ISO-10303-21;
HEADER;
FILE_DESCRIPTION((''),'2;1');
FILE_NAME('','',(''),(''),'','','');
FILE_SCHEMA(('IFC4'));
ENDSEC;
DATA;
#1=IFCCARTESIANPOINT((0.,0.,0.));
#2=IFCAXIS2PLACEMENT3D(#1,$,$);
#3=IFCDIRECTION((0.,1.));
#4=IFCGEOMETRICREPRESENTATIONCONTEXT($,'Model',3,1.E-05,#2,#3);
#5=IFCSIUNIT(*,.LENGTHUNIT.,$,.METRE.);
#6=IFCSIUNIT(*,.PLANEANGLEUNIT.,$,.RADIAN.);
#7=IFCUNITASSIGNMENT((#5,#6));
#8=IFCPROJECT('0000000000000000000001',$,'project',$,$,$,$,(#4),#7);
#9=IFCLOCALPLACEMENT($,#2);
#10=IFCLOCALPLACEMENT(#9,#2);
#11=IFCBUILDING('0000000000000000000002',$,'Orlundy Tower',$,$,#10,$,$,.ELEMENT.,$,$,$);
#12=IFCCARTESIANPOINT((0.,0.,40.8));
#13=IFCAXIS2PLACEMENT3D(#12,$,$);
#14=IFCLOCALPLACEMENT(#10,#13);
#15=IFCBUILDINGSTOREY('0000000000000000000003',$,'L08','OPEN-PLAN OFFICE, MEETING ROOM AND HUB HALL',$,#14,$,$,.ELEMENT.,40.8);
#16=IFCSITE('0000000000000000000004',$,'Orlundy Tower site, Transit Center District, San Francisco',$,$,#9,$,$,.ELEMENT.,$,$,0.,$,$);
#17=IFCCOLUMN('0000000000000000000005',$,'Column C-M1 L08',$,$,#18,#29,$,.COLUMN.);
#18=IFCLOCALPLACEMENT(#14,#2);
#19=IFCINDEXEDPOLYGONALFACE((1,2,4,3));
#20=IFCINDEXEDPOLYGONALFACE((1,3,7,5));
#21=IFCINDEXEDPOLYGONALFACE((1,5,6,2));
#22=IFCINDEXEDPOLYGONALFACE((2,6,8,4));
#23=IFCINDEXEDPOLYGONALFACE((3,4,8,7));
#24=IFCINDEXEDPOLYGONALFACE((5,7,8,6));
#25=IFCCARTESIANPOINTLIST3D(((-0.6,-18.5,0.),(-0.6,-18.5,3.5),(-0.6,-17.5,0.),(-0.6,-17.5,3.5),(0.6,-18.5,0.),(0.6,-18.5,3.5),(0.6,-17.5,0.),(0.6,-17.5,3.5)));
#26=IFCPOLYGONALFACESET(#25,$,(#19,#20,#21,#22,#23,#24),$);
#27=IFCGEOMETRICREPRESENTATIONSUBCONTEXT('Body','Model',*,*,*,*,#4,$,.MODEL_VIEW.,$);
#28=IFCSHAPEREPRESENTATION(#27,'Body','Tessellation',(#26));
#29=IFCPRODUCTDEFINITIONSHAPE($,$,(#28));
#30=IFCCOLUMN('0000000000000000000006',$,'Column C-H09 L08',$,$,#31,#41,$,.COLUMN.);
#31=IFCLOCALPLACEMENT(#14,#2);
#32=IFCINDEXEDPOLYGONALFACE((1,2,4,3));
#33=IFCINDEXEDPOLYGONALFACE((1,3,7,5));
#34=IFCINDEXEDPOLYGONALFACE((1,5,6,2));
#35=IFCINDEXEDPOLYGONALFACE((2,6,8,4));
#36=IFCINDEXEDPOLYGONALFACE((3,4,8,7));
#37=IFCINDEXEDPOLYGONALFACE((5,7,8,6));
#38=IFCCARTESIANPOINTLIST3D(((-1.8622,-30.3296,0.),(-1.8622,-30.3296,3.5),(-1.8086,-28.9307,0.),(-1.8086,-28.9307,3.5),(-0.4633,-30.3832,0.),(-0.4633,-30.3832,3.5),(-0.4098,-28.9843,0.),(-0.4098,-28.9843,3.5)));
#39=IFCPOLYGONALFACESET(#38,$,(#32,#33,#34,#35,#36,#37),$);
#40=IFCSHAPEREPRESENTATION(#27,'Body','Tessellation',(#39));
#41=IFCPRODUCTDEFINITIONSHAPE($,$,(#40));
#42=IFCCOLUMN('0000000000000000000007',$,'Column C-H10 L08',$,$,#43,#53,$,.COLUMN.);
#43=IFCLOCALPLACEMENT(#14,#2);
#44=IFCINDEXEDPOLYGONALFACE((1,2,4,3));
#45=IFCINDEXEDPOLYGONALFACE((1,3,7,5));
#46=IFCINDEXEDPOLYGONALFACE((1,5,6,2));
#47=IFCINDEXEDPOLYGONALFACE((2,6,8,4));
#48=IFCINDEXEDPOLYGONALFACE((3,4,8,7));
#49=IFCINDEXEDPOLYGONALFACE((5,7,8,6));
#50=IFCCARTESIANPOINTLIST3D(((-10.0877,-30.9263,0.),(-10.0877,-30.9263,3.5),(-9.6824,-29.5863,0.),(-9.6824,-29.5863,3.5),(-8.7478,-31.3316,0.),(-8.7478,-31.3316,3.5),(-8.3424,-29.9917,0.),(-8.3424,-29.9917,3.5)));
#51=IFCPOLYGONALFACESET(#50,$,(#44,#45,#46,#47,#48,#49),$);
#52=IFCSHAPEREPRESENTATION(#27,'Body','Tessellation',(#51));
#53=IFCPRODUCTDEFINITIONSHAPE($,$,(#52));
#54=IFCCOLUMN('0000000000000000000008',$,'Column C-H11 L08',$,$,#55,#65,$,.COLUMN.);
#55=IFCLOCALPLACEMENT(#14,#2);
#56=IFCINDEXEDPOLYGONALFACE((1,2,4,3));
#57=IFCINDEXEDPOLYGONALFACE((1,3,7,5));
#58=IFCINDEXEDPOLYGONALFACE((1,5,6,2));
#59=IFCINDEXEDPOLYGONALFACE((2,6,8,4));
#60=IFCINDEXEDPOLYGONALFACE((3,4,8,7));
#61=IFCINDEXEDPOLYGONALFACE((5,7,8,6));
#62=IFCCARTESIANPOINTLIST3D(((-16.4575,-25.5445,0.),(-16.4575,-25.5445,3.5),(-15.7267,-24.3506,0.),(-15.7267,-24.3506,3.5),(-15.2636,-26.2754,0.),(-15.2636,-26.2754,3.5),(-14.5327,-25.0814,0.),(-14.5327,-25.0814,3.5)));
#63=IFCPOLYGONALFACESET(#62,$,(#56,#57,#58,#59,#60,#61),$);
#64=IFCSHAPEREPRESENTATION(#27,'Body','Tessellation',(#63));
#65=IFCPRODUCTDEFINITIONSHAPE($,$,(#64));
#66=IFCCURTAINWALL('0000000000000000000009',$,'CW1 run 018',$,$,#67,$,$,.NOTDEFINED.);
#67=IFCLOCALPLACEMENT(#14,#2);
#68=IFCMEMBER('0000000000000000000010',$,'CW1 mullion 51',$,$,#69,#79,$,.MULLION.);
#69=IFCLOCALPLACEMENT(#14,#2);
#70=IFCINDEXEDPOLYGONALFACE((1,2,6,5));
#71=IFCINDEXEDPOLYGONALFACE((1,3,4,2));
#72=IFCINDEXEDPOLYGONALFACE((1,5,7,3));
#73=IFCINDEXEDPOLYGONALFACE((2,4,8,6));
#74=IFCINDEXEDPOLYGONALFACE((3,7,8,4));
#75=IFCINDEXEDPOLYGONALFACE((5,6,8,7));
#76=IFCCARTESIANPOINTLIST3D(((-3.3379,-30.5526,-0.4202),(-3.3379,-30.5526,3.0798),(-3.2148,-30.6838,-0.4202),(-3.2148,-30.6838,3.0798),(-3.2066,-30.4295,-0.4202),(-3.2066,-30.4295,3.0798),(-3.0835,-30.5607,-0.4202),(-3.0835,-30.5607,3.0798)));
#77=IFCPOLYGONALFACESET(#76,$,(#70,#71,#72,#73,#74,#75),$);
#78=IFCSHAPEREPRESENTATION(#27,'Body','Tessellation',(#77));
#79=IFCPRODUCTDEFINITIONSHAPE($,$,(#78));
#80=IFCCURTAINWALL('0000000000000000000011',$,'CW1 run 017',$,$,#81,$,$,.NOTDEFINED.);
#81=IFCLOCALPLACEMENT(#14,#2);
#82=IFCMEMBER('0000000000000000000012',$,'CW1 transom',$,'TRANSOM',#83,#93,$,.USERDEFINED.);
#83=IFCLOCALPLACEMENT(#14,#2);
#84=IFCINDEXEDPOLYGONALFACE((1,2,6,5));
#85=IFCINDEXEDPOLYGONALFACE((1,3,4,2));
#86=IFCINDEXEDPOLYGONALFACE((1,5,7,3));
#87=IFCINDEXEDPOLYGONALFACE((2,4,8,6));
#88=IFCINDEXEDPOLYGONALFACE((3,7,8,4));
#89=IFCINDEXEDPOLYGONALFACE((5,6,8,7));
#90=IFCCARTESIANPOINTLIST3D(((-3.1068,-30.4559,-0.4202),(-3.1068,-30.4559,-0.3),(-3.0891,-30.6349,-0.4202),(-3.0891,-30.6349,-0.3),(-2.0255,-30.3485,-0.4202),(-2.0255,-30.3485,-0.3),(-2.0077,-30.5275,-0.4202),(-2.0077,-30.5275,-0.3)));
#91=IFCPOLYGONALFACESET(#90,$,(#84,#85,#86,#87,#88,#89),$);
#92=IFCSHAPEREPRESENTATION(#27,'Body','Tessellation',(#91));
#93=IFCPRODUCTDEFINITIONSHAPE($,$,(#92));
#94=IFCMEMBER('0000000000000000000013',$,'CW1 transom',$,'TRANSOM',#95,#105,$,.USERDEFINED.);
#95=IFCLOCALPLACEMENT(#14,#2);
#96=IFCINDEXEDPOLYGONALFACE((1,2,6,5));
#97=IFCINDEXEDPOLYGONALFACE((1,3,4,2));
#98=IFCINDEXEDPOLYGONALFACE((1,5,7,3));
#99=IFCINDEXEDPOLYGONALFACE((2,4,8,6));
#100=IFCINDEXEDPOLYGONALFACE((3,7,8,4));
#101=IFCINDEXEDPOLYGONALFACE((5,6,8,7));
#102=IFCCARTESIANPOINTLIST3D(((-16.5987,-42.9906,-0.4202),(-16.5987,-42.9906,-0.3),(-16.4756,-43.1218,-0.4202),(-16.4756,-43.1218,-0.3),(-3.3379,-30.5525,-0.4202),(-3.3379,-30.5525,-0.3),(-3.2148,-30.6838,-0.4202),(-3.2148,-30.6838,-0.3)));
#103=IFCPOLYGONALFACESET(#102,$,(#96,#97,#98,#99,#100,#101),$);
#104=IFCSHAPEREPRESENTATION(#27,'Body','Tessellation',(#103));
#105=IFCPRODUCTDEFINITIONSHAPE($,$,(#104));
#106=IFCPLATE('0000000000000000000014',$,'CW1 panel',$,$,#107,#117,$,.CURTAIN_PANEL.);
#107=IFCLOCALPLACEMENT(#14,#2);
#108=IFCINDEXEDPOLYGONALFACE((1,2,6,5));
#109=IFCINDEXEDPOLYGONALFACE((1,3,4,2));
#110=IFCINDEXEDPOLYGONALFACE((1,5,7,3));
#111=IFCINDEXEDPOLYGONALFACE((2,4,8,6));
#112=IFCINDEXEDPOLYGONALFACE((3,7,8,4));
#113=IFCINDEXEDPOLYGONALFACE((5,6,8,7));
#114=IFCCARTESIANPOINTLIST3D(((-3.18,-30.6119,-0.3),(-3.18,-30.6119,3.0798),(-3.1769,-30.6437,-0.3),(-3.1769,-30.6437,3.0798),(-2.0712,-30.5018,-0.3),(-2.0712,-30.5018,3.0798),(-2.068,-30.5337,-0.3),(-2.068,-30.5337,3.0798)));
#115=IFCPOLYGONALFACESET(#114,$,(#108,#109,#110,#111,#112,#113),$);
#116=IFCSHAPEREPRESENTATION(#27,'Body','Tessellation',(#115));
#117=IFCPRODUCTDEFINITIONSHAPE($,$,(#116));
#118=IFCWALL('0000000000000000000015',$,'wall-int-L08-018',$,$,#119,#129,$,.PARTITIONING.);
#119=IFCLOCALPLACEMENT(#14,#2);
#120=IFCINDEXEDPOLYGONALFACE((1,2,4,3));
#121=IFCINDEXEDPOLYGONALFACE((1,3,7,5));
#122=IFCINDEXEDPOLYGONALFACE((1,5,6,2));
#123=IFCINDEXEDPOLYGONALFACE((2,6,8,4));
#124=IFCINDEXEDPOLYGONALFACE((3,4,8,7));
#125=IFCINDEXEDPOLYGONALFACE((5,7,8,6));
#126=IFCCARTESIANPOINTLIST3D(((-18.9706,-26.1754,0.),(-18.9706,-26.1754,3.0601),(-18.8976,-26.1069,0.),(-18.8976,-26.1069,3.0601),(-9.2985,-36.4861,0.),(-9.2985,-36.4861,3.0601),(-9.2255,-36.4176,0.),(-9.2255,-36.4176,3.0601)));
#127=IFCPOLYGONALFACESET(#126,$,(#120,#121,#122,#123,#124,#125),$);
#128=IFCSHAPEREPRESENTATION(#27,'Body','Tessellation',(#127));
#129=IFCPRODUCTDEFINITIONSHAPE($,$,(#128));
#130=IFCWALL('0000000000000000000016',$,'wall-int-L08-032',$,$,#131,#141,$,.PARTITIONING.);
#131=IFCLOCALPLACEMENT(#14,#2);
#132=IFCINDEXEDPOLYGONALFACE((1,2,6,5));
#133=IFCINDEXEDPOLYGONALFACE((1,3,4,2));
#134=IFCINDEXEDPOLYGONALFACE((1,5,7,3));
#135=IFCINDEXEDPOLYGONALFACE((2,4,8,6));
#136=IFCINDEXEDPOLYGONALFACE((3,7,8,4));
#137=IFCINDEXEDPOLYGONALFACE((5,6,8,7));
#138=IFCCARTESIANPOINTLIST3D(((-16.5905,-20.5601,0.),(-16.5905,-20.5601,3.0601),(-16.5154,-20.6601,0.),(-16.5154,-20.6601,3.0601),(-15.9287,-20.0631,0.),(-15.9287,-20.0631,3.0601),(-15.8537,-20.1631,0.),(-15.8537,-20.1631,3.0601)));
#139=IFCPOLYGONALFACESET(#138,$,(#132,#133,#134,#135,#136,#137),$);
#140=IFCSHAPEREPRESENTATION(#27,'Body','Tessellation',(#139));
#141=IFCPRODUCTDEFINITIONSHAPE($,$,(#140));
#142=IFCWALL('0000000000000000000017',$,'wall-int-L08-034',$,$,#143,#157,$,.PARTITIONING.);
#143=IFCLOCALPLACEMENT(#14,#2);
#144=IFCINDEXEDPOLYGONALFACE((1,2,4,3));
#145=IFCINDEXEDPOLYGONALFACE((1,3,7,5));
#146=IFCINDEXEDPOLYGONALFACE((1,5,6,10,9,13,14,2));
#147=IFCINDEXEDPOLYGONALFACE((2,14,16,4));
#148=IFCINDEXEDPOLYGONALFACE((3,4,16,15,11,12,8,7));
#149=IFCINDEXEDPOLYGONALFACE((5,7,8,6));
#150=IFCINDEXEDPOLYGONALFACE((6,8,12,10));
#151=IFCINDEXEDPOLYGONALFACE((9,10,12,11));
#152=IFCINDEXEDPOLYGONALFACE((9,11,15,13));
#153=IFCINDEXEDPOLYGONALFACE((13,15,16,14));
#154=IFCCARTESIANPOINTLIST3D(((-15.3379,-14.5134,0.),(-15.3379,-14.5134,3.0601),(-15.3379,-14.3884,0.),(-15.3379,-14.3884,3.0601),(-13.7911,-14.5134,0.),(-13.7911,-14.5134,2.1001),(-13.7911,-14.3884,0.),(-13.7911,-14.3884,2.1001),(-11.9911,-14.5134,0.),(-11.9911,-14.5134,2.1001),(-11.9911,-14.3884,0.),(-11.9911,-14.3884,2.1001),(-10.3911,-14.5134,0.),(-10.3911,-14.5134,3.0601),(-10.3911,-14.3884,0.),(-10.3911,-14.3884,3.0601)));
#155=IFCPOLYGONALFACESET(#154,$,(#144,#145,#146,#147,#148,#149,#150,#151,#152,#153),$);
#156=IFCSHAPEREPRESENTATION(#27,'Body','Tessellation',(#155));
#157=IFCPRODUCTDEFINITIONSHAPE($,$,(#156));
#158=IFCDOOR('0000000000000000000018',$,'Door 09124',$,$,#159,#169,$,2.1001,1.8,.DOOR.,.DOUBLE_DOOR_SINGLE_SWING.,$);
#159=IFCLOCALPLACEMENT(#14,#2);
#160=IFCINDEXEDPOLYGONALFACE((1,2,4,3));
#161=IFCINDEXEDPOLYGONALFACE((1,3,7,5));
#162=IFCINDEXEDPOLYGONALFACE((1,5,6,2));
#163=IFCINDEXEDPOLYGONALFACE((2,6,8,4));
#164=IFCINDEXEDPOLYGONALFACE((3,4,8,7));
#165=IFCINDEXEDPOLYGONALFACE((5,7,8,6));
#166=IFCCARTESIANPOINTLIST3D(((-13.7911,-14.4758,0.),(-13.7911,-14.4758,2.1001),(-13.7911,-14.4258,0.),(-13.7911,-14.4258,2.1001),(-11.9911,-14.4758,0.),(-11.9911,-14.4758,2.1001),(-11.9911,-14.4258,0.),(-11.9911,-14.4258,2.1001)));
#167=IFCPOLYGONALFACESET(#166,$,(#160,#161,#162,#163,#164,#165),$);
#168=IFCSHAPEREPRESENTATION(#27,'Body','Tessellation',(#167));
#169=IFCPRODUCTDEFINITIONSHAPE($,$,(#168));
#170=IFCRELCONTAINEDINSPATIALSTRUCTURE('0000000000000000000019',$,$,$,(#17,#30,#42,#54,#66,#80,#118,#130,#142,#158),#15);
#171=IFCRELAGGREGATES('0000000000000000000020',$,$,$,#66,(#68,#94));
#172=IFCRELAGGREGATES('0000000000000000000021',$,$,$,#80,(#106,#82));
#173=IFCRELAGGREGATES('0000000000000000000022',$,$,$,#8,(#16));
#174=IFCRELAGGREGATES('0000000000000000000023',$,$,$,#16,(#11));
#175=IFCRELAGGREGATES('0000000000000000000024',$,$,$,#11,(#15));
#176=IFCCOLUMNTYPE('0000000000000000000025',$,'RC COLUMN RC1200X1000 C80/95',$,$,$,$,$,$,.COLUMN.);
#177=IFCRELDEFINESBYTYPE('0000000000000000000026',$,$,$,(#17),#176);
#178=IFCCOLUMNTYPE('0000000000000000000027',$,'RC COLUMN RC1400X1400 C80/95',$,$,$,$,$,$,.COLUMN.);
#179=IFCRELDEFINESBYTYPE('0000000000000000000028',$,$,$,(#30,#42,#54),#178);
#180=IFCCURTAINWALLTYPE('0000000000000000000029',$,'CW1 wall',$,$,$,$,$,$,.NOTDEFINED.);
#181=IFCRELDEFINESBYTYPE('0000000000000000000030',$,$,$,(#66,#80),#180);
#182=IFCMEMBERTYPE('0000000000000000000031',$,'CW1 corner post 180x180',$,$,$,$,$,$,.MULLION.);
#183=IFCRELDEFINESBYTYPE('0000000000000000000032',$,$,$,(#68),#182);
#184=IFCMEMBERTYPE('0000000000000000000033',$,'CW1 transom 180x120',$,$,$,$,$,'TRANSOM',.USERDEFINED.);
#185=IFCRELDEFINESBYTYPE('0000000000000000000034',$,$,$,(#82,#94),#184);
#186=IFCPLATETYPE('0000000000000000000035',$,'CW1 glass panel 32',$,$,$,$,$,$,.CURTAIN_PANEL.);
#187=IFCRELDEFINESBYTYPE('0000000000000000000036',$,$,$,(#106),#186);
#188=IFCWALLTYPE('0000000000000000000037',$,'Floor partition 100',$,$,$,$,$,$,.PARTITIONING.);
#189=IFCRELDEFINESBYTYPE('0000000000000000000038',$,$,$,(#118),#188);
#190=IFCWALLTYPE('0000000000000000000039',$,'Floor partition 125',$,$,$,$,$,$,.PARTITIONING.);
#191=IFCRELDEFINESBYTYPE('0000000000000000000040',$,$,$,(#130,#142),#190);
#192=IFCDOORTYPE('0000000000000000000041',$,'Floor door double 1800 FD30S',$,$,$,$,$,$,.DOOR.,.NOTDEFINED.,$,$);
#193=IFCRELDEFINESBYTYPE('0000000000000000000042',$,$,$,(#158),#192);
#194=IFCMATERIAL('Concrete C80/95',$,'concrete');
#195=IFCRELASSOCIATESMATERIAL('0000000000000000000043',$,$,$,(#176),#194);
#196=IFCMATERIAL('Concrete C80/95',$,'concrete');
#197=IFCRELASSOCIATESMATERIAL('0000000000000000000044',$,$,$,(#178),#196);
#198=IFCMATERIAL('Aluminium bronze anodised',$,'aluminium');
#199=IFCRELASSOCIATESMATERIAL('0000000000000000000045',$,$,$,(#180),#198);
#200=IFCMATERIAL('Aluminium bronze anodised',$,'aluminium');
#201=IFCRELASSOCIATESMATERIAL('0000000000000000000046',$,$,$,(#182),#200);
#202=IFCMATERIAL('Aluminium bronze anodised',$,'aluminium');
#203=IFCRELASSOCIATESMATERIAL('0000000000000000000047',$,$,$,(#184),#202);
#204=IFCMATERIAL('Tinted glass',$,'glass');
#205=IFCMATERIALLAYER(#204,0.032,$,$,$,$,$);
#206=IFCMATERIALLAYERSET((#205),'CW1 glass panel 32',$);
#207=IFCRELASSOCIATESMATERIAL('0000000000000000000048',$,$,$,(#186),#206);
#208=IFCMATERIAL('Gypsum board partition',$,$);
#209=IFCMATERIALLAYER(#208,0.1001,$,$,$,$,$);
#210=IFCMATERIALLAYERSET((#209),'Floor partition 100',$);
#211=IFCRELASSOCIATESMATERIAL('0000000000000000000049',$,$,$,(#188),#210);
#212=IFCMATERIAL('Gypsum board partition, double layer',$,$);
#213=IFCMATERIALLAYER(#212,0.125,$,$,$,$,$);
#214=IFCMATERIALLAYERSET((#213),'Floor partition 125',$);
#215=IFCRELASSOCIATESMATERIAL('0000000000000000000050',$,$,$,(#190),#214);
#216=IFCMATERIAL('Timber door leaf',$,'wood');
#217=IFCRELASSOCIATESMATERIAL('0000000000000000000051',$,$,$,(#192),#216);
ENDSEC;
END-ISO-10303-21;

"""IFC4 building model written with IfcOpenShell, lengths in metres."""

from ifc_helpers import new_model, si_unit, direction, frame, frame_2d, origin, origin_2d, place, context, subcontext, project, spatial, rectangle, extrude, material, layer, layer_set, material_profile, profile_set, type_object, element, fill, aggregate, save


model = new_model("IFC4")

# Units and contexts
model_context = context("Model", 3, precision=1e-05, world=origin(), true_north=direction((0.0, 1.0)))
body_context = subcontext(model_context, "Body", "Model", "MODEL_VIEW")
ifc_project = project(units=[si_unit("LENGTHUNIT", "METRE"), si_unit("PLANEANGLEUNIT", "RADIAN")], contexts=[model_context])

# Site, building, storey
site_placement = place(None, origin())
site = spatial("IfcSite", under=ifc_project, at=site_placement, Name="Orlundy Tower site, Transit Center District, San Francisco", CompositionType="ELEMENT", RefElevation=0.0)
building_placement = place(site_placement, origin())
building = spatial("IfcBuilding", under=site, at=building_placement, Name="Orlundy Tower", CompositionType="ELEMENT")
storey_placement = place(building_placement, frame((0.0, 0.0, 40.8)))
storey = spatial("IfcBuildingStorey", under=building, at=storey_placement, Name="L08", Description="OPEN-PLAN OFFICE, MEETING ROOM AND HUB HALL", CompositionType="ELEMENT", Elevation=40.8)

# Columns
ifc_material_1 = material(Name="Concrete C80/95", Category="concrete")
ifc_material_profile_1 = material_profile(ifc_material_1, rectangle(XDim=1.2, YDim=1.0, at=origin_2d()), Name="RC1200X1000")
ifc_profile_set_1 = profile_set([ifc_material_profile_1], Name="Concrete C80/95")
column_type_1 = type_object("IfcColumnType", Name="RC COLUMN RC1200X1000 C80/95", PredefinedType="COLUMN", material=ifc_profile_set_1)
column_placement = place(storey_placement, frame((0.0, -18.0, 0.0), z_axis=(0.0, 0.0, 1.0), x_axis=(1.0, 0.0, 0.0)))
element("IfcColumn", 1, at=column_placement, inside=storey, type_object=column_type_1, Name="Column C-M1 L08", PredefinedType="COLUMN", context=body_context, shape_type="SweptSolid", body=[
    extrude(rectangle(XDim=1.2, YDim=1.0, at=origin_2d()), origin(), (0.0, 0.0, 1.0), 3.5),
])
ifc_material_2 = material(Name="Concrete C80/95", Category="concrete")
ifc_material_profile_2 = material_profile(ifc_material_2, rectangle(XDim=1.3999, YDim=1.3999, at=origin_2d()), Name="RC1400X1400")
ifc_profile_set_2 = profile_set([ifc_material_profile_2], Name="Concrete C80/95")
column_type_2 = type_object("IfcColumnType", Name="RC COLUMN RC1400X1400 C80/95", PredefinedType="COLUMN", material=ifc_profile_set_2)
for number, where, z_axis, x_axis, name in (
    (2, (-1.136, -29.657, 0.0), (0.0, 0.0, 1.0), (-0.038283, -0.999267, 0.0), "Column C-H09 L08"),
    (3, (-9.2151, -30.459, 0.0), (0.0, 0.0, 1.0), (-0.289583, -0.957153, 0.0), "Column C-H10 L08"),
    (4, (-15.4951, -25.313, 0.0), (0.0, 0.0, 1.0), (-0.522082, -0.852895, 0.0), "Column C-H11 L08"),
):
    element("IfcColumn", number, at=place(storey_placement, frame(where, z_axis=z_axis, x_axis=x_axis)), inside=storey, type_object=column_type_2, Name=name, PredefinedType="COLUMN", context=body_context, shape_type="SweptSolid", body=[
        extrude(rectangle(XDim=1.3999, YDim=1.3999, at=origin_2d()), origin(), (0.0, 0.0, 1.0), 3.5),
    ])

# Curtain walls, members
ifc_material_3 = material(Name="Aluminium bronze anodised", Category="aluminium")
curtain_wall_type = type_object("IfcCurtainWallType", Name="CW1 wall", PredefinedType="NOTDEFINED", material=ifc_material_3)
curtain_wall_1_placement = place(storey_placement, origin())
curtain_wall_1 = element("IfcCurtainWall", 5, at=curtain_wall_1_placement, inside=storey, type_object=curtain_wall_type, Name="CW1 run 018", PredefinedType="NOTDEFINED")
ifc_material_4 = material(Name="Aluminium bronze anodised", Category="aluminium")
ifc_material_profile_3 = material_profile(ifc_material_4, rectangle(XDim=0.1799, YDim=0.1799, at=origin_2d()), Name="CW1 corner post 180x180")
ifc_profile_set_3 = profile_set([ifc_material_profile_3], Name="Aluminium bronze anodised")
member_type_1 = type_object("IfcMemberType", Name="CW1 corner post 180x180", PredefinedType="MULLION", material=ifc_profile_set_3)
member_1_placement = place(storey_placement, frame((-3.2107, -30.5566, -0.4202), z_axis=(0.0, 0.0, 1.0), x_axis=(0.684124, -0.729365, 0.0)))
member_1 = element("IfcMember", 6, at=member_1_placement, type_object=member_type_1, Name="CW1 mullion 51", PredefinedType="MULLION", context=body_context, shape_type="SweptSolid", body=[
    extrude(rectangle(XDim=0.1799, YDim=0.1799, at=origin_2d()), origin(), (0.0, 0.0, 1.0), 3.5),
])
curtain_wall_2_placement = place(storey_placement, origin())
curtain_wall_2 = element("IfcCurtainWall", 7, at=curtain_wall_2_placement, inside=storey, type_object=curtain_wall_type, Name="CW1 run 017", PredefinedType="NOTDEFINED")
ifc_material_5 = material(Name="Aluminium bronze anodised", Category="aluminium")
ifc_material_profile_4 = material_profile(ifc_material_5, rectangle(XDim=0.1799, YDim=0.1201, at=origin_2d()), Name="CW1 transom 180x120")
ifc_profile_set_4 = profile_set([ifc_material_profile_4], Name="Aluminium bronze anodised")
member_type_2 = type_object("IfcMemberType", Name="CW1 transom 180x120", ElementType="TRANSOM", PredefinedType="USERDEFINED", material=ifc_profile_set_4)
member_2_placement = place(storey_placement, frame((-2.0166, -30.438, -0.3601), z_axis=(-0.995101, -0.098859, 0.0), x_axis=(0.098859, -0.995101, 0.0)))
member_2 = element("IfcMember", 8, at=member_2_placement, type_object=member_type_2, Name="CW1 transom", ObjectType="TRANSOM", PredefinedType="USERDEFINED", context=body_context, shape_type="SweptSolid", body=[
    extrude(rectangle(XDim=0.1799, YDim=0.1201, at=origin_2d()), origin(), (0.0, 0.0, 1.0), 1.0867),
])

# Member
member_3_placement = place(storey_placement, frame((-3.2764, -30.6182, -0.3601), z_axis=(-0.729371, -0.684118, 0.0), x_axis=(0.684118, -0.729371, 0.0)))
member_3 = element("IfcMember", 9, at=member_3_placement, type_object=member_type_2, Name="CW1 transom", ObjectType="TRANSOM", PredefinedType="USERDEFINED", context=body_context, shape_type="SweptSolid", body=[
    extrude(rectangle(XDim=0.1799, YDim=0.1201, at=origin_2d()), origin(), (0.0, 0.0, 1.0), 18.1812),
])
aggregate(curtain_wall_1, [member_1, member_3])

# Plate
ifc_material_6 = material(Name="Tinted glass", Category="glass")
ifc_layer_1 = layer(ifc_material_6, 0.032)
ifc_layer_set_1 = layer_set([ifc_layer_1], Name="CW1 glass panel 32")
plate_type = type_object("IfcPlateType", Name="CW1 glass panel 32", PredefinedType="CURTAIN_PANEL", material=ifc_layer_set_1)
plate_placement = place(storey_placement, frame((-2.624, -30.5728, -0.3), z_axis=(0.0, 0.0, 1.0), x_axis=(-0.995112, -0.09875, 0.0)))
plate = element("IfcPlate", 10, at=plate_placement, type_object=plate_type, Name="CW1 panel", PredefinedType="CURTAIN_PANEL", context=body_context, shape_type="SweptSolid", body=[
    extrude(rectangle(XDim=1.1143, YDim=0.032, at=origin_2d()), origin(), (0.0, 0.0, 1.0), 3.3799),
])
aggregate(curtain_wall_2, [plate, member_2])

# Walls
ifc_material_7 = material(Name="Gypsum board partition")
ifc_layer_2 = layer(ifc_material_7, 0.1001)
ifc_layer_set_2 = layer_set([ifc_layer_2], Name="Floor partition 100")
wall_type_1 = type_object("IfcWallType", Name="Floor partition 100", PredefinedType="PARTITIONING", material=ifc_layer_set_2)
wall_1_placement = place(storey_placement, frame((-18.9341, -26.1411, 0.0), z_axis=(0.0, 0.0, 1.0), x_axis=(0.684158, -0.729334, 0.0)))
element("IfcWall", 11, at=wall_1_placement, inside=storey, type_object=wall_type_1, Name="wall-int-L08-018", PredefinedType="PARTITIONING", context=body_context, shape_type="SweptSolid", body=[
    extrude(rectangle(XDim=14.1372, YDim=0.1001, at=frame_2d((7.0686, 0.0))), origin(), (0.0, 0.0, 1.0), 3.0601),
])
ifc_material_8 = material(Name="Gypsum board partition, double layer")
ifc_layer_3 = layer(ifc_material_8, 0.125)
ifc_layer_set_3 = layer_set([ifc_layer_3], Name="Floor partition 125")
wall_type_2 = type_object("IfcWallType", Name="Floor partition 125", PredefinedType="PARTITIONING", material=ifc_layer_set_3)
wall_2_placement = place(storey_placement, frame((-16.553, -20.6101, 0.0), z_axis=(0.0, 0.0, 1.0), x_axis=(0.79961, 0.600519, 0.0)))
element("IfcWall", 12, at=wall_2_placement, inside=storey, type_object=wall_type_2, Name="wall-int-L08-032", PredefinedType="PARTITIONING", context=body_context, shape_type="SweptSolid", body=[
    extrude(rectangle(XDim=0.8276, YDim=0.125, at=frame_2d((0.4138, 0.0))), origin(), (0.0, 0.0, 1.0), 3.0601),
])

# Wall, opening, door
wall_3_placement = place(storey_placement, frame((-10.3911, -14.4509, 0.0), z_axis=(0.0, 0.0, 1.0), x_axis=(-1.0, 0.0, 0.0)))
wall_3 = element("IfcWall", 13, at=wall_3_placement, inside=storey, type_object=wall_type_2, Name="wall-int-L08-034", PredefinedType="PARTITIONING", context=body_context, shape_type="SweptSolid", body=[
    extrude(rectangle(XDim=4.9468, YDim=0.125, at=frame_2d((2.4734, 0.0))), origin(), (0.0, 0.0, 1.0), 3.0601),
])
opening_1_placement = place(wall_3_placement, frame((1.6001, 0.0, 0.0)))
opening_1 = element("IfcOpeningElement", 14, at=opening_1_placement, cuts=wall_3, PredefinedType="OPENING", context=body_context, shape_type="SweptSolid", body=[
    extrude(rectangle(XDim=1.8, YDim=2.1001, at=frame_2d((0.8999, 1.05))), frame((0.0, 0.0725, 0.0), z_axis=(0.0, -1.0, 0.0), x_axis=(1.0, 0.0, 0.0)), (0.0, 0.0, 1.0), 0.145),
])
ifc_material_9 = material(Name="Timber door leaf", Category="wood")
door_type_1 = type_object("IfcDoorType", Name="Floor door double 1800 FD30S", OperationType="NOTDEFINED", PredefinedType="DOOR", material=ifc_material_9)
door_1_placement = place(opening_1_placement, origin())
door_1 = element("IfcDoor", 15, at=door_1_placement, inside=storey, type_object=door_type_1, Name="Door 09124", OperationType="DOUBLE_DOOR_SINGLE_SWING", OverallHeight=2.1001, OverallWidth=1.8, PredefinedType="DOOR", context=body_context, shape_type="SweptSolid", body=[
    extrude(rectangle(XDim=1.8, YDim=2.1001, at=frame_2d((0.8999, 1.05))), frame((0.0, 0.0249, 0.0), z_axis=(0.0, -1.0, 0.0), x_axis=(1.0, 0.0, 0.0)), (0.0, 0.0, 1.0), 0.05),
])
fill(opening_1, door_1)

save(model, "model.ifc")
